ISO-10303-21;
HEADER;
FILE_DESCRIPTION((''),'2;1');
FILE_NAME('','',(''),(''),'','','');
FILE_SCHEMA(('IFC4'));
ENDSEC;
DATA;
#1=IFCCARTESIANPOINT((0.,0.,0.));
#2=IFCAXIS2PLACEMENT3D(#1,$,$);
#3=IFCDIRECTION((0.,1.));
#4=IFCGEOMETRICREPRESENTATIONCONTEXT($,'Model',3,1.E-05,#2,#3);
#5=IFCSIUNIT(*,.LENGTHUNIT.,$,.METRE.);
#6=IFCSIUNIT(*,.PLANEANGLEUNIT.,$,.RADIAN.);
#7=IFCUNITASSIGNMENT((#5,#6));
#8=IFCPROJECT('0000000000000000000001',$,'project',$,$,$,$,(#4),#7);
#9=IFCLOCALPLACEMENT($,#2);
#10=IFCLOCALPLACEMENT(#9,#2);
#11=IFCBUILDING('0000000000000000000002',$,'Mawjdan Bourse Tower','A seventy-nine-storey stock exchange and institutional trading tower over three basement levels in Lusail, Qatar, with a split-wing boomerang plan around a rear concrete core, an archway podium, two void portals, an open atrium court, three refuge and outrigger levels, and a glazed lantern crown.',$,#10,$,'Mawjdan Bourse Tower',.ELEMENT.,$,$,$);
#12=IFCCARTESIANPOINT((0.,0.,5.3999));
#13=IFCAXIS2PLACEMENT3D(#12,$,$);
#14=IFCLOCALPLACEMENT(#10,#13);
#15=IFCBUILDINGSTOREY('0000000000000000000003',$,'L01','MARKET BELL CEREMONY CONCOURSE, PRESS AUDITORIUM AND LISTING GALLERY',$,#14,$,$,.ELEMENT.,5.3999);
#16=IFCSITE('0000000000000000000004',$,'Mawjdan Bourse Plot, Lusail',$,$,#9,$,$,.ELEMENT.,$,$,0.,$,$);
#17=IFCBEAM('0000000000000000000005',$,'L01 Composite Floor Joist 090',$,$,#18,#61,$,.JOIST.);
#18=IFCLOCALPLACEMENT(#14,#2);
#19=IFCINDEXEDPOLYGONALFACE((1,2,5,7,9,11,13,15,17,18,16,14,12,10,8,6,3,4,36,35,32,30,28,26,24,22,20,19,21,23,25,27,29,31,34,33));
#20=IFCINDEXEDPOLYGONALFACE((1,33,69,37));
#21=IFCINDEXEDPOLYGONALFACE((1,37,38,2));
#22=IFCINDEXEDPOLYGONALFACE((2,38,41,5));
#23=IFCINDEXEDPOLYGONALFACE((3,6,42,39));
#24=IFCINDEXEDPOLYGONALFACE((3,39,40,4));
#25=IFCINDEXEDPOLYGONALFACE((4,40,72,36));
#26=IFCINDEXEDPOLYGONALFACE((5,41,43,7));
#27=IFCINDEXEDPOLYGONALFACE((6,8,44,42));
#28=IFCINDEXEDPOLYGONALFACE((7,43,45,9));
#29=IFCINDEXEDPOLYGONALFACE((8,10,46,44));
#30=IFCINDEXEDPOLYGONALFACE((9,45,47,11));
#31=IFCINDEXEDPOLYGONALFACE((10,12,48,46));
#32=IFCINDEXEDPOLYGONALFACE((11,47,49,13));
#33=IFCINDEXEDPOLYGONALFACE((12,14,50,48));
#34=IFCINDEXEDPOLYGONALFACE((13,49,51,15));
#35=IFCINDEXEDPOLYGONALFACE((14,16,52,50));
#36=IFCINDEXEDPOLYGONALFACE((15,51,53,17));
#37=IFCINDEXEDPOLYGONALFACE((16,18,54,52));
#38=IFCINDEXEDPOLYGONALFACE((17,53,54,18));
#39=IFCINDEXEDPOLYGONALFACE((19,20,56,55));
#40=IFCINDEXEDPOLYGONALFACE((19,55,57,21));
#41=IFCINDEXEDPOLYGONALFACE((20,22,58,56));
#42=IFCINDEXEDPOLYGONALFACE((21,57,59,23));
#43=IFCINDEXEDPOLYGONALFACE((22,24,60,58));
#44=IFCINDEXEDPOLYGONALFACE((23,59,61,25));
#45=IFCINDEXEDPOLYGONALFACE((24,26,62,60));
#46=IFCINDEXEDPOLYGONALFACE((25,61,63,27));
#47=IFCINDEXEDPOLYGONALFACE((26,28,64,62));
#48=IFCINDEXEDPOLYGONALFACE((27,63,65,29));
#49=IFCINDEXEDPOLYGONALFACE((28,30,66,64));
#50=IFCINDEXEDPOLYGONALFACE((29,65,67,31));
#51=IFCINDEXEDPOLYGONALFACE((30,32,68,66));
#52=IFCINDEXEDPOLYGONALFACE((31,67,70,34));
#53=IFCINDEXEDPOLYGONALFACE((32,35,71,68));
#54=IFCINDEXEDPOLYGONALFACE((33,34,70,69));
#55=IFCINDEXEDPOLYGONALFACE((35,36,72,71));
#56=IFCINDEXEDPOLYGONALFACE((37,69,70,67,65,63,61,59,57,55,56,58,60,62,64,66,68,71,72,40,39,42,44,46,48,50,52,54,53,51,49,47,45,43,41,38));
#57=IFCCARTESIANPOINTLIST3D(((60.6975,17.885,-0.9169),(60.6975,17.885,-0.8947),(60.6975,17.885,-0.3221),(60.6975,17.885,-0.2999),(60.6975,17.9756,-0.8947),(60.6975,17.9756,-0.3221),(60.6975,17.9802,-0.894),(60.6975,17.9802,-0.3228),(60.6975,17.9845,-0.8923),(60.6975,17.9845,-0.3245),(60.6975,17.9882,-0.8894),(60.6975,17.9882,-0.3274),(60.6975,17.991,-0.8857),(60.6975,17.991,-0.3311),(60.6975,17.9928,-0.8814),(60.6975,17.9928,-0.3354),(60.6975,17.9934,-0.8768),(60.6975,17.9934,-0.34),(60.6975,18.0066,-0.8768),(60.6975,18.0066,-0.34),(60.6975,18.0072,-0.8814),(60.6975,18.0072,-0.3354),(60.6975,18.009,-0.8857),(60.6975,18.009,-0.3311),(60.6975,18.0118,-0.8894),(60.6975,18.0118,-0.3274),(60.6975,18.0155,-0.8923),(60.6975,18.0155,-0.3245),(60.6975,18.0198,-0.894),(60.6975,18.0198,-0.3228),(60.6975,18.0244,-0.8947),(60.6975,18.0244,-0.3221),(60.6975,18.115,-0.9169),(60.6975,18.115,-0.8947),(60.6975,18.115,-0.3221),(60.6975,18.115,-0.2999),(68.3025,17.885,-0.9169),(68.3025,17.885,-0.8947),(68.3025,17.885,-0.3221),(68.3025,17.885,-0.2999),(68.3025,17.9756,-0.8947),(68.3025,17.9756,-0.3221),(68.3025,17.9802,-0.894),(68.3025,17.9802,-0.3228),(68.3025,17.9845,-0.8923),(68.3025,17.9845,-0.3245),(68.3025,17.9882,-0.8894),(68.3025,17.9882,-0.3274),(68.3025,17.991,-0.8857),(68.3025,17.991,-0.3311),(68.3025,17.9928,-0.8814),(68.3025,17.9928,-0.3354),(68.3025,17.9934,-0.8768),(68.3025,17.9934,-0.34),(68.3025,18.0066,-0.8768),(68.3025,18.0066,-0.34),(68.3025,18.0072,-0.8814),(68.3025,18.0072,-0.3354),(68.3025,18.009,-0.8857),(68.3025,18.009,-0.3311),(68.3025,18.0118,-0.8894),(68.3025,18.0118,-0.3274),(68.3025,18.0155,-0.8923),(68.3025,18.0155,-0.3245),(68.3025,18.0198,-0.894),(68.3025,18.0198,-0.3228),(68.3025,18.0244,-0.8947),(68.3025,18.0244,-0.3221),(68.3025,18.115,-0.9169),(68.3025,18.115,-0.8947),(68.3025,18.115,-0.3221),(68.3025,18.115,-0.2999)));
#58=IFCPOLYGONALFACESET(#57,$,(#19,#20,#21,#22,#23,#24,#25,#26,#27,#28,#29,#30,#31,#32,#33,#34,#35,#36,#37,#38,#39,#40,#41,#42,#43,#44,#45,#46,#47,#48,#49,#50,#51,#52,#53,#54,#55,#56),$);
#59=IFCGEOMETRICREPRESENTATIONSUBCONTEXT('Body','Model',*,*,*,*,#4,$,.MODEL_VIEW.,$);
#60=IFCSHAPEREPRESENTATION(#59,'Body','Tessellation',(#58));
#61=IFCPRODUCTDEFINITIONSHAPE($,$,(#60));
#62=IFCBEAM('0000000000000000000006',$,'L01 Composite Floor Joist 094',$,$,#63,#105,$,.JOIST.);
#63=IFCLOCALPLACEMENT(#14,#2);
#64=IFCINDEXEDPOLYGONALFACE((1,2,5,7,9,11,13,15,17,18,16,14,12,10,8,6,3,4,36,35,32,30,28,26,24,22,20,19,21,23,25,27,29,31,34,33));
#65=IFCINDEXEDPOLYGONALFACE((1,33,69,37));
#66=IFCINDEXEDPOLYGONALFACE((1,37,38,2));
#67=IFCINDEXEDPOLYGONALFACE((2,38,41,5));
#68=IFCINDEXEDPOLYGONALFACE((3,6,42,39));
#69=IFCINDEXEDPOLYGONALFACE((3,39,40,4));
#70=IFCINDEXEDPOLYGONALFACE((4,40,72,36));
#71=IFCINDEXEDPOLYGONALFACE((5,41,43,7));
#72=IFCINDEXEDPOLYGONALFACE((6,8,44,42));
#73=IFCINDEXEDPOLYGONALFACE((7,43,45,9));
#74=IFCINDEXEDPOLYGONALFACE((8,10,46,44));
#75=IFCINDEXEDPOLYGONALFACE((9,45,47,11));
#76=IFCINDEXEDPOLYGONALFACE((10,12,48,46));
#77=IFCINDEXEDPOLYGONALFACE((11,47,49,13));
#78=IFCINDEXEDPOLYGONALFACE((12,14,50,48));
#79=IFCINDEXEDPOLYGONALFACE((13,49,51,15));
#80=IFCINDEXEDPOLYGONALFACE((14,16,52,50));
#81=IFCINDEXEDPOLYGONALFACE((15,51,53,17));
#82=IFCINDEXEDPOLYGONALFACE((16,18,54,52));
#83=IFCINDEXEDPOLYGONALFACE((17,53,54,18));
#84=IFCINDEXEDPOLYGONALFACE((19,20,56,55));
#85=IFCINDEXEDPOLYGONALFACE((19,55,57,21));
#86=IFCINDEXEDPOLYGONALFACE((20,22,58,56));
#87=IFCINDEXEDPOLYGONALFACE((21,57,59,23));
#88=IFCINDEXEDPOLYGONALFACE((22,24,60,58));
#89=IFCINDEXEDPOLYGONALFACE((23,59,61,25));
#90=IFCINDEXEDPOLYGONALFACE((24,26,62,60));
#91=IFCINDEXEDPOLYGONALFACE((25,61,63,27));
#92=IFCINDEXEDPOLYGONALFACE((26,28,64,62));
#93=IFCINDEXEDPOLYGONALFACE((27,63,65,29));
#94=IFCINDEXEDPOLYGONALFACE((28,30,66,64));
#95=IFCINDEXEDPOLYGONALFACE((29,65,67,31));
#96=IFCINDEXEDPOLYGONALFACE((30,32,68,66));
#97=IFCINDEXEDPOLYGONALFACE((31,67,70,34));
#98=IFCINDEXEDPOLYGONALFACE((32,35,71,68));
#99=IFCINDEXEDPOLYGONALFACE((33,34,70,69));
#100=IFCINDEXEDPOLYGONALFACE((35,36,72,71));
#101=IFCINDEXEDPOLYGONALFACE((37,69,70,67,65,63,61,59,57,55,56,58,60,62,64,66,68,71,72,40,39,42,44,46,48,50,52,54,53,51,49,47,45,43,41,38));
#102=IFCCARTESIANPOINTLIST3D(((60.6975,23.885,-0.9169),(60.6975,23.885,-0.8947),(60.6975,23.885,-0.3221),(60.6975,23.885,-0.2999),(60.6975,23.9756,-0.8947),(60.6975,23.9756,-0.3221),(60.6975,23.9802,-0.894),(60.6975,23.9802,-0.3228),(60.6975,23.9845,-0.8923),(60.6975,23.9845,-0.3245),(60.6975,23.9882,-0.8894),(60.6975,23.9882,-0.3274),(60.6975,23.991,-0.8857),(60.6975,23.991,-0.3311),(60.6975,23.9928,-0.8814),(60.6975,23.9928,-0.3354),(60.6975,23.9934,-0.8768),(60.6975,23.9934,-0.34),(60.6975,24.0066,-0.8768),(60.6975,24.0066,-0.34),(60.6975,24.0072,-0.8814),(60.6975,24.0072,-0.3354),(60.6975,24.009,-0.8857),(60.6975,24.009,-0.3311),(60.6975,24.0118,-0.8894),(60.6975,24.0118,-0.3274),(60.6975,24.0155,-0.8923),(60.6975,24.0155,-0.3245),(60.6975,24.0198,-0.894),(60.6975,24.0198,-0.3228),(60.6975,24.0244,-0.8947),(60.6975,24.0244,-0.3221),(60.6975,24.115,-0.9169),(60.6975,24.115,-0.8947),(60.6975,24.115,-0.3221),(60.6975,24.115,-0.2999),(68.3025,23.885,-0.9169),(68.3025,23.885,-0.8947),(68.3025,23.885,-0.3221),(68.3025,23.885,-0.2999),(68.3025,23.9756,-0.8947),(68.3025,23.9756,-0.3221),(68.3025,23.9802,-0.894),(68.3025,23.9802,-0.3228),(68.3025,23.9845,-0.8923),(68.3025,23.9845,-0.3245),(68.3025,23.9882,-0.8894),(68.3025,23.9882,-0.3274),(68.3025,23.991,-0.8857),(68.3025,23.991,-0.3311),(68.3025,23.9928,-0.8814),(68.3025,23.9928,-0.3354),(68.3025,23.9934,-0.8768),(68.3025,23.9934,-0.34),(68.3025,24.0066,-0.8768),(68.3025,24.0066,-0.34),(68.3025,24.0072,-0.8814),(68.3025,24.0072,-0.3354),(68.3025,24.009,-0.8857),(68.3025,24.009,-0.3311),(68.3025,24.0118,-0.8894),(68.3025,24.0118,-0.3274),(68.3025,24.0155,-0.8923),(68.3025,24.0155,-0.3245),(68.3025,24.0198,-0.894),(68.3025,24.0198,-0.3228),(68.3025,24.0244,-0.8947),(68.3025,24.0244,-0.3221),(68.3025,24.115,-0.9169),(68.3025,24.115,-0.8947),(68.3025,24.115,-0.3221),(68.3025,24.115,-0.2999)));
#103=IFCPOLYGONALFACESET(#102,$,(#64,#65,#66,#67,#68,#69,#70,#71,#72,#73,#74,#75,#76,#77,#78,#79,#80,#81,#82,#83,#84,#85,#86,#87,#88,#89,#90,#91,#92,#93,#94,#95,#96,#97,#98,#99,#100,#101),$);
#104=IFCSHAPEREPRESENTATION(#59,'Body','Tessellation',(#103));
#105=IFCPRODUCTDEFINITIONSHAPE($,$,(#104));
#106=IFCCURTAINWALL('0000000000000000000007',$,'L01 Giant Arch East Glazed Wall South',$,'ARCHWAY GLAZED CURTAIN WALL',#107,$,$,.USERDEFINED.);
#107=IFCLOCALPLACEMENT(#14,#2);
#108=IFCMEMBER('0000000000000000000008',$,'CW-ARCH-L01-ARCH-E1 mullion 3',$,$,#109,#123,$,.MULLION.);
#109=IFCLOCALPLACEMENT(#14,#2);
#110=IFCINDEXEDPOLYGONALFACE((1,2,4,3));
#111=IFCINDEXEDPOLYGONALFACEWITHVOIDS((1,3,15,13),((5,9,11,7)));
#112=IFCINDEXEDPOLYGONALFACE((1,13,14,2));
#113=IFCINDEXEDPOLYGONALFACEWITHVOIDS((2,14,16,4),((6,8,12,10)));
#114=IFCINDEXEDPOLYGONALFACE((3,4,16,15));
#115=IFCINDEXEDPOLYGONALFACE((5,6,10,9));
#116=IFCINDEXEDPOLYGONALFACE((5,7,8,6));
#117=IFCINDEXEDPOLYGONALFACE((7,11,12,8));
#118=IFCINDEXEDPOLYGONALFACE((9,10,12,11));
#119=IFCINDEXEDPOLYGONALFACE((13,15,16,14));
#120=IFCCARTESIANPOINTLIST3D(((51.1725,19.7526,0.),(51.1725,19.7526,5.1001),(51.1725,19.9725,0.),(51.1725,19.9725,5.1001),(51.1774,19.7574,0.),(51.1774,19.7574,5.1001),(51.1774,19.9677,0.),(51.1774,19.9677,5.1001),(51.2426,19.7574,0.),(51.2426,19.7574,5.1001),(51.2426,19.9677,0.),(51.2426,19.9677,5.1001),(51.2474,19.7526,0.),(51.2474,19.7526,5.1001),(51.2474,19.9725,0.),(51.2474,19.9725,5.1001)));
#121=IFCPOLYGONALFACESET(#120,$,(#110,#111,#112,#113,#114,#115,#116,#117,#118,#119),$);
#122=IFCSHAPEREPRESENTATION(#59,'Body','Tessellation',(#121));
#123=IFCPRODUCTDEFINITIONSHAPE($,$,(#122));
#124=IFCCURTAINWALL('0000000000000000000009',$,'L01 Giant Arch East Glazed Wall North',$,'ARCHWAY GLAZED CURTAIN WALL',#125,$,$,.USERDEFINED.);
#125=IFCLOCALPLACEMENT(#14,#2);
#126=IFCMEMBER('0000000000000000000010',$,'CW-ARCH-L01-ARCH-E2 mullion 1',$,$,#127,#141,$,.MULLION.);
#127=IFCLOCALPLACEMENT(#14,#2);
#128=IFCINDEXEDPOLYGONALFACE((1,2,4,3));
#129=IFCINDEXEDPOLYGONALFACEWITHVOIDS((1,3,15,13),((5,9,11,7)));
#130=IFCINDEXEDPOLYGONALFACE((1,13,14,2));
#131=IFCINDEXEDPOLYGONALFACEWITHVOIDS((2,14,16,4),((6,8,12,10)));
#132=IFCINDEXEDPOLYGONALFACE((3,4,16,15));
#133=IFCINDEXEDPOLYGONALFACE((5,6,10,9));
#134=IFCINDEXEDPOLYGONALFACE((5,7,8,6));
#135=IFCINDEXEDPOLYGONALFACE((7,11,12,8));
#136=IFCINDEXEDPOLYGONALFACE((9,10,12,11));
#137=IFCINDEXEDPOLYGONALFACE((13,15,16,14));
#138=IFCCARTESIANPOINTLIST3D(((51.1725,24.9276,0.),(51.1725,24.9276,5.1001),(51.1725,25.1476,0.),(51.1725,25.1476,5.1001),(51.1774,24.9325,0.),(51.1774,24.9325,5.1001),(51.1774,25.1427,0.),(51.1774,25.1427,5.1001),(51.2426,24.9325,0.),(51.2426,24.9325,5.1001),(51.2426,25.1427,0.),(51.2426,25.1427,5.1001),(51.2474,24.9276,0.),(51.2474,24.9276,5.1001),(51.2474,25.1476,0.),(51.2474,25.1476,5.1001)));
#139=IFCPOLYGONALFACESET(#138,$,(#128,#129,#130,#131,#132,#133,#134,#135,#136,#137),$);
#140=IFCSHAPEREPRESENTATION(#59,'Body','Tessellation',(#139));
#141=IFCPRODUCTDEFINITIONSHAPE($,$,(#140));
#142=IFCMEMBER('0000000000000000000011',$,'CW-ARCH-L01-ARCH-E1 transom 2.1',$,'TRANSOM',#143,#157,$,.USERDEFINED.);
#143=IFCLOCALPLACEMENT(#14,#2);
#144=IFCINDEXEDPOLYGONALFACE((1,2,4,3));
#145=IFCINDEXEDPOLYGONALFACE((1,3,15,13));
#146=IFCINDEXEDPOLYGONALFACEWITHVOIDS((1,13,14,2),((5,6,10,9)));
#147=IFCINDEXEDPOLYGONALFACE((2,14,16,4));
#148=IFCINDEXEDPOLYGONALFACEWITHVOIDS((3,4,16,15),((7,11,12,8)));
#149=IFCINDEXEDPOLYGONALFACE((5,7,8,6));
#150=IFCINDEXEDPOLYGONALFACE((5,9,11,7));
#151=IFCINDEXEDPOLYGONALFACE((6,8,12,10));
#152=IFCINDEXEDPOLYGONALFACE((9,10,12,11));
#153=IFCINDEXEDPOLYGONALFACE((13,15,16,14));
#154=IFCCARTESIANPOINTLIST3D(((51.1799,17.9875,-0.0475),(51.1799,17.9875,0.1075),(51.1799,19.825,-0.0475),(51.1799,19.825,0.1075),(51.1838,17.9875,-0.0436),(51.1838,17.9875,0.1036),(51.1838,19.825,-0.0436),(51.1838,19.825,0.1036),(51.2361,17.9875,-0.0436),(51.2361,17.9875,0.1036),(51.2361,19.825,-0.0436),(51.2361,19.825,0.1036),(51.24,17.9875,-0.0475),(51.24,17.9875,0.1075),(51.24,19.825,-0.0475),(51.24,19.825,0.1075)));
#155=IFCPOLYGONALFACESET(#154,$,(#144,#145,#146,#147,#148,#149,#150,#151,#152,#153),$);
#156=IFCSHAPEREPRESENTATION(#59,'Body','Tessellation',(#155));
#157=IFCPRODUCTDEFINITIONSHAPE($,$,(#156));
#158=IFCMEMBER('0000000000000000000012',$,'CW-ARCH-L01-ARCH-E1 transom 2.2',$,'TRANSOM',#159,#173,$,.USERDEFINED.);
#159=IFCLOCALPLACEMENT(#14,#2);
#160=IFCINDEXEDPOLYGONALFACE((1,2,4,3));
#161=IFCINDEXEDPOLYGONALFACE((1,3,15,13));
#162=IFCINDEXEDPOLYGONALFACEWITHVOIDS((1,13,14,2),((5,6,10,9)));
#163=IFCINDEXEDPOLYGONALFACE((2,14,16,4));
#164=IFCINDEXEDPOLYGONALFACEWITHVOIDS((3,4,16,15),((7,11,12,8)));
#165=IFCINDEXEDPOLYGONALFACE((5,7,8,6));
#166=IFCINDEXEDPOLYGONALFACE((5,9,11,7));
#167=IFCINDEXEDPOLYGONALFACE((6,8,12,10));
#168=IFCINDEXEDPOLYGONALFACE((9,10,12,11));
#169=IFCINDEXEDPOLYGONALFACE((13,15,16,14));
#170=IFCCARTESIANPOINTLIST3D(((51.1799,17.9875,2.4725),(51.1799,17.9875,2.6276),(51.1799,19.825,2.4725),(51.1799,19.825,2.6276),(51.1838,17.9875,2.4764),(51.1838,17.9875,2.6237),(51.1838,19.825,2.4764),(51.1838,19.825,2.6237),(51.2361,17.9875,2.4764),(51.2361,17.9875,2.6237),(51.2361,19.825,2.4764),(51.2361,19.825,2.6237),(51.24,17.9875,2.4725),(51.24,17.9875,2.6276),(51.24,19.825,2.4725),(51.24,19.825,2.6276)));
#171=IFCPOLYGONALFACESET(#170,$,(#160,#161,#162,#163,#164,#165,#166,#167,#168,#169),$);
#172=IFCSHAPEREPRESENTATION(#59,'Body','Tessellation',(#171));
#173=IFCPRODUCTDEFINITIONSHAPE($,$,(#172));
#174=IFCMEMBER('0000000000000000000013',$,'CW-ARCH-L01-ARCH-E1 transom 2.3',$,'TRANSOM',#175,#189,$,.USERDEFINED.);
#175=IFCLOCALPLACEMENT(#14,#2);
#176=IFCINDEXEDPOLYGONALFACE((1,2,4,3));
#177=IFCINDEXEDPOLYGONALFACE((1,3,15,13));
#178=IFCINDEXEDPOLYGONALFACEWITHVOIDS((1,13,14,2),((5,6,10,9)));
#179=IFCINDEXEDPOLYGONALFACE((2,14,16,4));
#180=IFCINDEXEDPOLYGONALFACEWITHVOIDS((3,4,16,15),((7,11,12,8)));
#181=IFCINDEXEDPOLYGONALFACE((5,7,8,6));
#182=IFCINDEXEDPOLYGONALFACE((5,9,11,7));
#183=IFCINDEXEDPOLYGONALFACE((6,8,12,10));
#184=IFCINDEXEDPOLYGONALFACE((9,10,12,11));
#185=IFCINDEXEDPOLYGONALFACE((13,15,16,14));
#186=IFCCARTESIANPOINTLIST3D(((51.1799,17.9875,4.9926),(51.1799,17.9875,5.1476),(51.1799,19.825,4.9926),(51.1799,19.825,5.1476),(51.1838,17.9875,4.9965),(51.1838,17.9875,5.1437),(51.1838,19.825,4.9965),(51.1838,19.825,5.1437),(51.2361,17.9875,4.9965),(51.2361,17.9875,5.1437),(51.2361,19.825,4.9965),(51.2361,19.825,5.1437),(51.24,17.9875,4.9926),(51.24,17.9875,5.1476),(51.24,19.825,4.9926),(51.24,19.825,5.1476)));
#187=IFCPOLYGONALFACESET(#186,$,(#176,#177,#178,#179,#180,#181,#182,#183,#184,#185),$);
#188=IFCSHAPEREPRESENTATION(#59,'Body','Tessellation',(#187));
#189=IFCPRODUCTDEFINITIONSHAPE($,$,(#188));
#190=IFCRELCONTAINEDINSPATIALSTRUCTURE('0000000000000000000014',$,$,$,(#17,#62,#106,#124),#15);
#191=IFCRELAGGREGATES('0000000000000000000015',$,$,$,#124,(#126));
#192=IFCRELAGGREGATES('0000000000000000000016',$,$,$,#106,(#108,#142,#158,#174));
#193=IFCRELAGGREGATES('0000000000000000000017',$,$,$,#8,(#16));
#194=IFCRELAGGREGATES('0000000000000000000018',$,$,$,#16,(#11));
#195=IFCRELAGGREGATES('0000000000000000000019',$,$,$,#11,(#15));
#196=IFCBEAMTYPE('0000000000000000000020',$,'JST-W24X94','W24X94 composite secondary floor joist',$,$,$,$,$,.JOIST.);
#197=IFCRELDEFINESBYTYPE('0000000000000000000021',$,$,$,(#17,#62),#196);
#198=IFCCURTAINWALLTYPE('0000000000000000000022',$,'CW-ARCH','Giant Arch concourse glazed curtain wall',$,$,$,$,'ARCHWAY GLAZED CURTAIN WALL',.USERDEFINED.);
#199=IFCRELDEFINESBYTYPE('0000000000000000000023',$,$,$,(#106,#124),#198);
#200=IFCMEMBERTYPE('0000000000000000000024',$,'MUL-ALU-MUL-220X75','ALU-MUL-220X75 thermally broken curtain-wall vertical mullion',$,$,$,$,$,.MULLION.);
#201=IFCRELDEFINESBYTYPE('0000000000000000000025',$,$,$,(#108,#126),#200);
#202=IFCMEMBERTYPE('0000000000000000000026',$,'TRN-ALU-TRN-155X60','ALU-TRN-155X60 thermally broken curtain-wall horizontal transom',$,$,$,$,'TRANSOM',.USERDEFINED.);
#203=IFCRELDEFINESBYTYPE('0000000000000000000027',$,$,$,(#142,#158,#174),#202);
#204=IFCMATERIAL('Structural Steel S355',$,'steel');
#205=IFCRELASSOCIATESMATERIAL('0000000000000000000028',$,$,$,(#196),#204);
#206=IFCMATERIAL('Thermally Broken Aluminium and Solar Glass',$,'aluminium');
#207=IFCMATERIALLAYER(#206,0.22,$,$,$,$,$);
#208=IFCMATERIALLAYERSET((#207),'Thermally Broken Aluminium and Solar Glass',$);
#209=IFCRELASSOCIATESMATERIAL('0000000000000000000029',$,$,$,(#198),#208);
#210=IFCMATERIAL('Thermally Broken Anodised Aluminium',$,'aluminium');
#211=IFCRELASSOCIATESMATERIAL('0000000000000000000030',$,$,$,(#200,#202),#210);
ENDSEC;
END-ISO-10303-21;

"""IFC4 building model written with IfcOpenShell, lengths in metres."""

from ifc_helpers import new_model, si_unit, direction, frame, origin, origin_2d, place, context, subcontext, project, spatial, hollow_rectangle, i_section, extrude, material, layer, layer_set, material_profile, profile_set, type_object, element, aggregate, save


model = new_model("IFC4")

# Units and contexts
model_context = context("Model", 3, precision=1e-05, world=origin(), true_north=direction((0.0, 1.0)))
body_context = subcontext(model_context, "Body", "Model", "MODEL_VIEW")
ifc_project = project(units=[si_unit("LENGTHUNIT", "METRE"), si_unit("PLANEANGLEUNIT", "RADIAN")], contexts=[model_context])

# Site, building, storey
site_placement = place(None, origin())
site = spatial("IfcSite", under=ifc_project, at=site_placement, Name="Mawjdan Bourse Plot, Lusail", CompositionType="ELEMENT", RefElevation=0.0)
building_placement = place(site_placement, origin())
building = spatial("IfcBuilding", under=site, at=building_placement, Name="Mawjdan Bourse Tower", Description="A seventy-nine-storey stock exchange and institutional trading tower over three basement levels in Lusail, Qatar, with a split-wing boomerang plan around a rear concrete core, an archway podium, two void portals, an open atrium court, three refuge and outrigger levels, and a glazed lantern crown.", LongName="Mawjdan Bourse Tower", CompositionType="ELEMENT")
storey_placement = place(building_placement, frame((0.0, 0.0, 5.3999)))
storey = spatial("IfcBuildingStorey", under=building, at=storey_placement, Name="L01", Description="MARKET BELL CEREMONY CONCOURSE, PRESS AUDITORIUM AND LISTING GALLERY", CompositionType="ELEMENT", Elevation=5.3999)

# Beams
ifc_material_1 = material(Name="Structural Steel S355", Category="steel")
ifc_material_profile_1 = material_profile(ifc_material_1, i_section(OverallWidth=0.23, OverallDepth=0.6169, WebThickness=0.0132, FlangeThickness=0.0222, FilletRadius=0.0178, at=origin_2d()), Name="W24X94")
ifc_profile_set_1 = profile_set([ifc_material_profile_1], Name="Structural Steel S355")
beam_type_1 = type_object("IfcBeamType", Name="JST-W24X94", Description="W24X94 composite secondary floor joist", PredefinedType="JOIST", material=ifc_profile_set_1)
for number, where, z_axis, x_axis, name in (
    (1, (60.6975, 18.0, -0.6084), (1.0, 0.0, 0.0), (0.0, 1.0, 0.0), "L01 Composite Floor Joist 090"),
    (2, (60.6975, 24.0, -0.6084), (1.0, 0.0, 0.0), (0.0, 1.0, 0.0), "L01 Composite Floor Joist 094"),
):
    element("IfcBeam", number, at=place(storey_placement, frame(where, z_axis=z_axis, x_axis=x_axis)), inside=storey, type_object=beam_type_1, Name=name, PredefinedType="JOIST", context=body_context, shape_type="SweptSolid", body=[
        extrude(i_section(OverallWidth=0.23, OverallDepth=0.6169, WebThickness=0.0132, FlangeThickness=0.0222, FilletRadius=0.0178, at=origin_2d()), origin(), (0.0, 0.0, 1.0), 7.605),
    ])

# Curtain walls, members
ifc_material_2 = material(Name="Thermally Broken Aluminium and Solar Glass", Category="aluminium")
ifc_layer_1 = layer(ifc_material_2, 0.22)
ifc_layer_set_1 = layer_set([ifc_layer_1], Name="Thermally Broken Aluminium and Solar Glass")
curtain_wall_type = type_object("IfcCurtainWallType", Name="CW-ARCH", Description="Giant Arch concourse glazed curtain wall", ElementType="ARCHWAY GLAZED CURTAIN WALL", PredefinedType="USERDEFINED", material=ifc_layer_set_1)
curtain_wall_1_placement = place(storey_placement, origin())
curtain_wall_1 = element("IfcCurtainWall", 3, at=curtain_wall_1_placement, inside=storey, type_object=curtain_wall_type, Name="L01 Giant Arch East Glazed Wall South", ObjectType="ARCHWAY GLAZED CURTAIN WALL", PredefinedType="USERDEFINED")
ifc_material_3 = material(Name="Thermally Broken Anodised Aluminium", Category="aluminium")
ifc_material_profile_2 = material_profile(ifc_material_3, hollow_rectangle(XDim=0.075, YDim=0.22, WallThickness=0.0049, at=origin_2d()), Name="ALU-MUL-220X75")
ifc_profile_set_2 = profile_set([ifc_material_profile_2], Name="Thermally Broken Anodised Aluminium")
member_type_1 = type_object("IfcMemberType", Name="MUL-ALU-MUL-220X75", Description="ALU-MUL-220X75 thermally broken curtain-wall vertical mullion", PredefinedType="MULLION", material=ifc_profile_set_2)
member_1_placement = place(storey_placement, frame((51.21, 19.8625, 0.0), z_axis=(0.0, 0.0, 1.0), x_axis=(-1.0, 0.0, 0.0)))
member_1 = element("IfcMember", 4, at=member_1_placement, type_object=member_type_1, Name="CW-ARCH-L01-ARCH-E1 mullion 3", PredefinedType="MULLION", context=body_context, shape_type="SweptSolid", body=[
    extrude(hollow_rectangle(XDim=0.075, YDim=0.22, WallThickness=0.0049, at=origin_2d()), origin(), (0.0, 0.0, 1.0), 5.1001),
])
curtain_wall_2_placement = place(storey_placement, origin())
curtain_wall_2 = element("IfcCurtainWall", 5, at=curtain_wall_2_placement, inside=storey, type_object=curtain_wall_type, Name="L01 Giant Arch East Glazed Wall North", ObjectType="ARCHWAY GLAZED CURTAIN WALL", PredefinedType="USERDEFINED")
member_2_placement = place(storey_placement, frame((51.21, 25.0376, 0.0), z_axis=(0.0, 0.0, 1.0), x_axis=(-1.0, 0.0, 0.0)))
member_2 = element("IfcMember", 6, at=member_2_placement, type_object=member_type_1, Name="CW-ARCH-L01-ARCH-E2 mullion 1", PredefinedType="MULLION", context=body_context, shape_type="SweptSolid", body=[
    extrude(hollow_rectangle(XDim=0.075, YDim=0.22, WallThickness=0.0049, at=origin_2d()), origin(), (0.0, 0.0, 1.0), 5.1001),
])

# Members
ifc_material_profile_3 = material_profile(ifc_material_3, hollow_rectangle(XDim=0.0601, YDim=0.155, WallThickness=0.0039, at=origin_2d()), Name="ALU-TRN-155X60")
ifc_profile_set_3 = profile_set([ifc_material_profile_3], Name="Thermally Broken Anodised Aluminium")
member_type_2 = type_object("IfcMemberType", Name="TRN-ALU-TRN-155X60", Description="ALU-TRN-155X60 thermally broken curtain-wall horizontal transom", ElementType="TRANSOM", PredefinedType="USERDEFINED", material=ifc_profile_set_3)
member_3_placement = place(storey_placement, frame((51.21, 17.9875, 0.03), z_axis=(0.0, 1.0, 0.0), x_axis=(-1.0, 0.0, 0.0)))
member_3 = element("IfcMember", 7, at=member_3_placement, type_object=member_type_2, Name="CW-ARCH-L01-ARCH-E1 transom 2.1", ObjectType="TRANSOM", PredefinedType="USERDEFINED", context=body_context, shape_type="SweptSolid", body=[
    extrude(hollow_rectangle(XDim=0.0601, YDim=0.155, WallThickness=0.0039, at=origin_2d()), origin(), (0.0, 0.0, 1.0), 1.8374),
])
member_4_placement = place(storey_placement, frame((51.21, 17.9875, 2.55), z_axis=(0.0, 1.0, 0.0), x_axis=(-1.0, 0.0, 0.0)))
member_4 = element("IfcMember", 8, at=member_4_placement, type_object=member_type_2, Name="CW-ARCH-L01-ARCH-E1 transom 2.2", ObjectType="TRANSOM", PredefinedType="USERDEFINED", context=body_context, shape_type="SweptSolid", body=[
    extrude(hollow_rectangle(XDim=0.0601, YDim=0.155, WallThickness=0.0039, at=origin_2d()), origin(), (0.0, 0.0, 1.0), 1.8374),
])
member_5_placement = place(storey_placement, frame((51.21, 17.9875, 5.0701), z_axis=(0.0, 1.0, 0.0), x_axis=(-1.0, 0.0, 0.0)))
member_5 = element("IfcMember", 9, at=member_5_placement, type_object=member_type_2, Name="CW-ARCH-L01-ARCH-E1 transom 2.3", ObjectType="TRANSOM", PredefinedType="USERDEFINED", context=body_context, shape_type="SweptSolid", body=[
    extrude(hollow_rectangle(XDim=0.0601, YDim=0.155, WallThickness=0.0039, at=origin_2d()), origin(), (0.0, 0.0, 1.0), 1.8374),
])
aggregate(curtain_wall_2, [member_2])

aggregate(curtain_wall_1, [member_1, member_3, member_4, member_5])

save(model, "model.ifc")
